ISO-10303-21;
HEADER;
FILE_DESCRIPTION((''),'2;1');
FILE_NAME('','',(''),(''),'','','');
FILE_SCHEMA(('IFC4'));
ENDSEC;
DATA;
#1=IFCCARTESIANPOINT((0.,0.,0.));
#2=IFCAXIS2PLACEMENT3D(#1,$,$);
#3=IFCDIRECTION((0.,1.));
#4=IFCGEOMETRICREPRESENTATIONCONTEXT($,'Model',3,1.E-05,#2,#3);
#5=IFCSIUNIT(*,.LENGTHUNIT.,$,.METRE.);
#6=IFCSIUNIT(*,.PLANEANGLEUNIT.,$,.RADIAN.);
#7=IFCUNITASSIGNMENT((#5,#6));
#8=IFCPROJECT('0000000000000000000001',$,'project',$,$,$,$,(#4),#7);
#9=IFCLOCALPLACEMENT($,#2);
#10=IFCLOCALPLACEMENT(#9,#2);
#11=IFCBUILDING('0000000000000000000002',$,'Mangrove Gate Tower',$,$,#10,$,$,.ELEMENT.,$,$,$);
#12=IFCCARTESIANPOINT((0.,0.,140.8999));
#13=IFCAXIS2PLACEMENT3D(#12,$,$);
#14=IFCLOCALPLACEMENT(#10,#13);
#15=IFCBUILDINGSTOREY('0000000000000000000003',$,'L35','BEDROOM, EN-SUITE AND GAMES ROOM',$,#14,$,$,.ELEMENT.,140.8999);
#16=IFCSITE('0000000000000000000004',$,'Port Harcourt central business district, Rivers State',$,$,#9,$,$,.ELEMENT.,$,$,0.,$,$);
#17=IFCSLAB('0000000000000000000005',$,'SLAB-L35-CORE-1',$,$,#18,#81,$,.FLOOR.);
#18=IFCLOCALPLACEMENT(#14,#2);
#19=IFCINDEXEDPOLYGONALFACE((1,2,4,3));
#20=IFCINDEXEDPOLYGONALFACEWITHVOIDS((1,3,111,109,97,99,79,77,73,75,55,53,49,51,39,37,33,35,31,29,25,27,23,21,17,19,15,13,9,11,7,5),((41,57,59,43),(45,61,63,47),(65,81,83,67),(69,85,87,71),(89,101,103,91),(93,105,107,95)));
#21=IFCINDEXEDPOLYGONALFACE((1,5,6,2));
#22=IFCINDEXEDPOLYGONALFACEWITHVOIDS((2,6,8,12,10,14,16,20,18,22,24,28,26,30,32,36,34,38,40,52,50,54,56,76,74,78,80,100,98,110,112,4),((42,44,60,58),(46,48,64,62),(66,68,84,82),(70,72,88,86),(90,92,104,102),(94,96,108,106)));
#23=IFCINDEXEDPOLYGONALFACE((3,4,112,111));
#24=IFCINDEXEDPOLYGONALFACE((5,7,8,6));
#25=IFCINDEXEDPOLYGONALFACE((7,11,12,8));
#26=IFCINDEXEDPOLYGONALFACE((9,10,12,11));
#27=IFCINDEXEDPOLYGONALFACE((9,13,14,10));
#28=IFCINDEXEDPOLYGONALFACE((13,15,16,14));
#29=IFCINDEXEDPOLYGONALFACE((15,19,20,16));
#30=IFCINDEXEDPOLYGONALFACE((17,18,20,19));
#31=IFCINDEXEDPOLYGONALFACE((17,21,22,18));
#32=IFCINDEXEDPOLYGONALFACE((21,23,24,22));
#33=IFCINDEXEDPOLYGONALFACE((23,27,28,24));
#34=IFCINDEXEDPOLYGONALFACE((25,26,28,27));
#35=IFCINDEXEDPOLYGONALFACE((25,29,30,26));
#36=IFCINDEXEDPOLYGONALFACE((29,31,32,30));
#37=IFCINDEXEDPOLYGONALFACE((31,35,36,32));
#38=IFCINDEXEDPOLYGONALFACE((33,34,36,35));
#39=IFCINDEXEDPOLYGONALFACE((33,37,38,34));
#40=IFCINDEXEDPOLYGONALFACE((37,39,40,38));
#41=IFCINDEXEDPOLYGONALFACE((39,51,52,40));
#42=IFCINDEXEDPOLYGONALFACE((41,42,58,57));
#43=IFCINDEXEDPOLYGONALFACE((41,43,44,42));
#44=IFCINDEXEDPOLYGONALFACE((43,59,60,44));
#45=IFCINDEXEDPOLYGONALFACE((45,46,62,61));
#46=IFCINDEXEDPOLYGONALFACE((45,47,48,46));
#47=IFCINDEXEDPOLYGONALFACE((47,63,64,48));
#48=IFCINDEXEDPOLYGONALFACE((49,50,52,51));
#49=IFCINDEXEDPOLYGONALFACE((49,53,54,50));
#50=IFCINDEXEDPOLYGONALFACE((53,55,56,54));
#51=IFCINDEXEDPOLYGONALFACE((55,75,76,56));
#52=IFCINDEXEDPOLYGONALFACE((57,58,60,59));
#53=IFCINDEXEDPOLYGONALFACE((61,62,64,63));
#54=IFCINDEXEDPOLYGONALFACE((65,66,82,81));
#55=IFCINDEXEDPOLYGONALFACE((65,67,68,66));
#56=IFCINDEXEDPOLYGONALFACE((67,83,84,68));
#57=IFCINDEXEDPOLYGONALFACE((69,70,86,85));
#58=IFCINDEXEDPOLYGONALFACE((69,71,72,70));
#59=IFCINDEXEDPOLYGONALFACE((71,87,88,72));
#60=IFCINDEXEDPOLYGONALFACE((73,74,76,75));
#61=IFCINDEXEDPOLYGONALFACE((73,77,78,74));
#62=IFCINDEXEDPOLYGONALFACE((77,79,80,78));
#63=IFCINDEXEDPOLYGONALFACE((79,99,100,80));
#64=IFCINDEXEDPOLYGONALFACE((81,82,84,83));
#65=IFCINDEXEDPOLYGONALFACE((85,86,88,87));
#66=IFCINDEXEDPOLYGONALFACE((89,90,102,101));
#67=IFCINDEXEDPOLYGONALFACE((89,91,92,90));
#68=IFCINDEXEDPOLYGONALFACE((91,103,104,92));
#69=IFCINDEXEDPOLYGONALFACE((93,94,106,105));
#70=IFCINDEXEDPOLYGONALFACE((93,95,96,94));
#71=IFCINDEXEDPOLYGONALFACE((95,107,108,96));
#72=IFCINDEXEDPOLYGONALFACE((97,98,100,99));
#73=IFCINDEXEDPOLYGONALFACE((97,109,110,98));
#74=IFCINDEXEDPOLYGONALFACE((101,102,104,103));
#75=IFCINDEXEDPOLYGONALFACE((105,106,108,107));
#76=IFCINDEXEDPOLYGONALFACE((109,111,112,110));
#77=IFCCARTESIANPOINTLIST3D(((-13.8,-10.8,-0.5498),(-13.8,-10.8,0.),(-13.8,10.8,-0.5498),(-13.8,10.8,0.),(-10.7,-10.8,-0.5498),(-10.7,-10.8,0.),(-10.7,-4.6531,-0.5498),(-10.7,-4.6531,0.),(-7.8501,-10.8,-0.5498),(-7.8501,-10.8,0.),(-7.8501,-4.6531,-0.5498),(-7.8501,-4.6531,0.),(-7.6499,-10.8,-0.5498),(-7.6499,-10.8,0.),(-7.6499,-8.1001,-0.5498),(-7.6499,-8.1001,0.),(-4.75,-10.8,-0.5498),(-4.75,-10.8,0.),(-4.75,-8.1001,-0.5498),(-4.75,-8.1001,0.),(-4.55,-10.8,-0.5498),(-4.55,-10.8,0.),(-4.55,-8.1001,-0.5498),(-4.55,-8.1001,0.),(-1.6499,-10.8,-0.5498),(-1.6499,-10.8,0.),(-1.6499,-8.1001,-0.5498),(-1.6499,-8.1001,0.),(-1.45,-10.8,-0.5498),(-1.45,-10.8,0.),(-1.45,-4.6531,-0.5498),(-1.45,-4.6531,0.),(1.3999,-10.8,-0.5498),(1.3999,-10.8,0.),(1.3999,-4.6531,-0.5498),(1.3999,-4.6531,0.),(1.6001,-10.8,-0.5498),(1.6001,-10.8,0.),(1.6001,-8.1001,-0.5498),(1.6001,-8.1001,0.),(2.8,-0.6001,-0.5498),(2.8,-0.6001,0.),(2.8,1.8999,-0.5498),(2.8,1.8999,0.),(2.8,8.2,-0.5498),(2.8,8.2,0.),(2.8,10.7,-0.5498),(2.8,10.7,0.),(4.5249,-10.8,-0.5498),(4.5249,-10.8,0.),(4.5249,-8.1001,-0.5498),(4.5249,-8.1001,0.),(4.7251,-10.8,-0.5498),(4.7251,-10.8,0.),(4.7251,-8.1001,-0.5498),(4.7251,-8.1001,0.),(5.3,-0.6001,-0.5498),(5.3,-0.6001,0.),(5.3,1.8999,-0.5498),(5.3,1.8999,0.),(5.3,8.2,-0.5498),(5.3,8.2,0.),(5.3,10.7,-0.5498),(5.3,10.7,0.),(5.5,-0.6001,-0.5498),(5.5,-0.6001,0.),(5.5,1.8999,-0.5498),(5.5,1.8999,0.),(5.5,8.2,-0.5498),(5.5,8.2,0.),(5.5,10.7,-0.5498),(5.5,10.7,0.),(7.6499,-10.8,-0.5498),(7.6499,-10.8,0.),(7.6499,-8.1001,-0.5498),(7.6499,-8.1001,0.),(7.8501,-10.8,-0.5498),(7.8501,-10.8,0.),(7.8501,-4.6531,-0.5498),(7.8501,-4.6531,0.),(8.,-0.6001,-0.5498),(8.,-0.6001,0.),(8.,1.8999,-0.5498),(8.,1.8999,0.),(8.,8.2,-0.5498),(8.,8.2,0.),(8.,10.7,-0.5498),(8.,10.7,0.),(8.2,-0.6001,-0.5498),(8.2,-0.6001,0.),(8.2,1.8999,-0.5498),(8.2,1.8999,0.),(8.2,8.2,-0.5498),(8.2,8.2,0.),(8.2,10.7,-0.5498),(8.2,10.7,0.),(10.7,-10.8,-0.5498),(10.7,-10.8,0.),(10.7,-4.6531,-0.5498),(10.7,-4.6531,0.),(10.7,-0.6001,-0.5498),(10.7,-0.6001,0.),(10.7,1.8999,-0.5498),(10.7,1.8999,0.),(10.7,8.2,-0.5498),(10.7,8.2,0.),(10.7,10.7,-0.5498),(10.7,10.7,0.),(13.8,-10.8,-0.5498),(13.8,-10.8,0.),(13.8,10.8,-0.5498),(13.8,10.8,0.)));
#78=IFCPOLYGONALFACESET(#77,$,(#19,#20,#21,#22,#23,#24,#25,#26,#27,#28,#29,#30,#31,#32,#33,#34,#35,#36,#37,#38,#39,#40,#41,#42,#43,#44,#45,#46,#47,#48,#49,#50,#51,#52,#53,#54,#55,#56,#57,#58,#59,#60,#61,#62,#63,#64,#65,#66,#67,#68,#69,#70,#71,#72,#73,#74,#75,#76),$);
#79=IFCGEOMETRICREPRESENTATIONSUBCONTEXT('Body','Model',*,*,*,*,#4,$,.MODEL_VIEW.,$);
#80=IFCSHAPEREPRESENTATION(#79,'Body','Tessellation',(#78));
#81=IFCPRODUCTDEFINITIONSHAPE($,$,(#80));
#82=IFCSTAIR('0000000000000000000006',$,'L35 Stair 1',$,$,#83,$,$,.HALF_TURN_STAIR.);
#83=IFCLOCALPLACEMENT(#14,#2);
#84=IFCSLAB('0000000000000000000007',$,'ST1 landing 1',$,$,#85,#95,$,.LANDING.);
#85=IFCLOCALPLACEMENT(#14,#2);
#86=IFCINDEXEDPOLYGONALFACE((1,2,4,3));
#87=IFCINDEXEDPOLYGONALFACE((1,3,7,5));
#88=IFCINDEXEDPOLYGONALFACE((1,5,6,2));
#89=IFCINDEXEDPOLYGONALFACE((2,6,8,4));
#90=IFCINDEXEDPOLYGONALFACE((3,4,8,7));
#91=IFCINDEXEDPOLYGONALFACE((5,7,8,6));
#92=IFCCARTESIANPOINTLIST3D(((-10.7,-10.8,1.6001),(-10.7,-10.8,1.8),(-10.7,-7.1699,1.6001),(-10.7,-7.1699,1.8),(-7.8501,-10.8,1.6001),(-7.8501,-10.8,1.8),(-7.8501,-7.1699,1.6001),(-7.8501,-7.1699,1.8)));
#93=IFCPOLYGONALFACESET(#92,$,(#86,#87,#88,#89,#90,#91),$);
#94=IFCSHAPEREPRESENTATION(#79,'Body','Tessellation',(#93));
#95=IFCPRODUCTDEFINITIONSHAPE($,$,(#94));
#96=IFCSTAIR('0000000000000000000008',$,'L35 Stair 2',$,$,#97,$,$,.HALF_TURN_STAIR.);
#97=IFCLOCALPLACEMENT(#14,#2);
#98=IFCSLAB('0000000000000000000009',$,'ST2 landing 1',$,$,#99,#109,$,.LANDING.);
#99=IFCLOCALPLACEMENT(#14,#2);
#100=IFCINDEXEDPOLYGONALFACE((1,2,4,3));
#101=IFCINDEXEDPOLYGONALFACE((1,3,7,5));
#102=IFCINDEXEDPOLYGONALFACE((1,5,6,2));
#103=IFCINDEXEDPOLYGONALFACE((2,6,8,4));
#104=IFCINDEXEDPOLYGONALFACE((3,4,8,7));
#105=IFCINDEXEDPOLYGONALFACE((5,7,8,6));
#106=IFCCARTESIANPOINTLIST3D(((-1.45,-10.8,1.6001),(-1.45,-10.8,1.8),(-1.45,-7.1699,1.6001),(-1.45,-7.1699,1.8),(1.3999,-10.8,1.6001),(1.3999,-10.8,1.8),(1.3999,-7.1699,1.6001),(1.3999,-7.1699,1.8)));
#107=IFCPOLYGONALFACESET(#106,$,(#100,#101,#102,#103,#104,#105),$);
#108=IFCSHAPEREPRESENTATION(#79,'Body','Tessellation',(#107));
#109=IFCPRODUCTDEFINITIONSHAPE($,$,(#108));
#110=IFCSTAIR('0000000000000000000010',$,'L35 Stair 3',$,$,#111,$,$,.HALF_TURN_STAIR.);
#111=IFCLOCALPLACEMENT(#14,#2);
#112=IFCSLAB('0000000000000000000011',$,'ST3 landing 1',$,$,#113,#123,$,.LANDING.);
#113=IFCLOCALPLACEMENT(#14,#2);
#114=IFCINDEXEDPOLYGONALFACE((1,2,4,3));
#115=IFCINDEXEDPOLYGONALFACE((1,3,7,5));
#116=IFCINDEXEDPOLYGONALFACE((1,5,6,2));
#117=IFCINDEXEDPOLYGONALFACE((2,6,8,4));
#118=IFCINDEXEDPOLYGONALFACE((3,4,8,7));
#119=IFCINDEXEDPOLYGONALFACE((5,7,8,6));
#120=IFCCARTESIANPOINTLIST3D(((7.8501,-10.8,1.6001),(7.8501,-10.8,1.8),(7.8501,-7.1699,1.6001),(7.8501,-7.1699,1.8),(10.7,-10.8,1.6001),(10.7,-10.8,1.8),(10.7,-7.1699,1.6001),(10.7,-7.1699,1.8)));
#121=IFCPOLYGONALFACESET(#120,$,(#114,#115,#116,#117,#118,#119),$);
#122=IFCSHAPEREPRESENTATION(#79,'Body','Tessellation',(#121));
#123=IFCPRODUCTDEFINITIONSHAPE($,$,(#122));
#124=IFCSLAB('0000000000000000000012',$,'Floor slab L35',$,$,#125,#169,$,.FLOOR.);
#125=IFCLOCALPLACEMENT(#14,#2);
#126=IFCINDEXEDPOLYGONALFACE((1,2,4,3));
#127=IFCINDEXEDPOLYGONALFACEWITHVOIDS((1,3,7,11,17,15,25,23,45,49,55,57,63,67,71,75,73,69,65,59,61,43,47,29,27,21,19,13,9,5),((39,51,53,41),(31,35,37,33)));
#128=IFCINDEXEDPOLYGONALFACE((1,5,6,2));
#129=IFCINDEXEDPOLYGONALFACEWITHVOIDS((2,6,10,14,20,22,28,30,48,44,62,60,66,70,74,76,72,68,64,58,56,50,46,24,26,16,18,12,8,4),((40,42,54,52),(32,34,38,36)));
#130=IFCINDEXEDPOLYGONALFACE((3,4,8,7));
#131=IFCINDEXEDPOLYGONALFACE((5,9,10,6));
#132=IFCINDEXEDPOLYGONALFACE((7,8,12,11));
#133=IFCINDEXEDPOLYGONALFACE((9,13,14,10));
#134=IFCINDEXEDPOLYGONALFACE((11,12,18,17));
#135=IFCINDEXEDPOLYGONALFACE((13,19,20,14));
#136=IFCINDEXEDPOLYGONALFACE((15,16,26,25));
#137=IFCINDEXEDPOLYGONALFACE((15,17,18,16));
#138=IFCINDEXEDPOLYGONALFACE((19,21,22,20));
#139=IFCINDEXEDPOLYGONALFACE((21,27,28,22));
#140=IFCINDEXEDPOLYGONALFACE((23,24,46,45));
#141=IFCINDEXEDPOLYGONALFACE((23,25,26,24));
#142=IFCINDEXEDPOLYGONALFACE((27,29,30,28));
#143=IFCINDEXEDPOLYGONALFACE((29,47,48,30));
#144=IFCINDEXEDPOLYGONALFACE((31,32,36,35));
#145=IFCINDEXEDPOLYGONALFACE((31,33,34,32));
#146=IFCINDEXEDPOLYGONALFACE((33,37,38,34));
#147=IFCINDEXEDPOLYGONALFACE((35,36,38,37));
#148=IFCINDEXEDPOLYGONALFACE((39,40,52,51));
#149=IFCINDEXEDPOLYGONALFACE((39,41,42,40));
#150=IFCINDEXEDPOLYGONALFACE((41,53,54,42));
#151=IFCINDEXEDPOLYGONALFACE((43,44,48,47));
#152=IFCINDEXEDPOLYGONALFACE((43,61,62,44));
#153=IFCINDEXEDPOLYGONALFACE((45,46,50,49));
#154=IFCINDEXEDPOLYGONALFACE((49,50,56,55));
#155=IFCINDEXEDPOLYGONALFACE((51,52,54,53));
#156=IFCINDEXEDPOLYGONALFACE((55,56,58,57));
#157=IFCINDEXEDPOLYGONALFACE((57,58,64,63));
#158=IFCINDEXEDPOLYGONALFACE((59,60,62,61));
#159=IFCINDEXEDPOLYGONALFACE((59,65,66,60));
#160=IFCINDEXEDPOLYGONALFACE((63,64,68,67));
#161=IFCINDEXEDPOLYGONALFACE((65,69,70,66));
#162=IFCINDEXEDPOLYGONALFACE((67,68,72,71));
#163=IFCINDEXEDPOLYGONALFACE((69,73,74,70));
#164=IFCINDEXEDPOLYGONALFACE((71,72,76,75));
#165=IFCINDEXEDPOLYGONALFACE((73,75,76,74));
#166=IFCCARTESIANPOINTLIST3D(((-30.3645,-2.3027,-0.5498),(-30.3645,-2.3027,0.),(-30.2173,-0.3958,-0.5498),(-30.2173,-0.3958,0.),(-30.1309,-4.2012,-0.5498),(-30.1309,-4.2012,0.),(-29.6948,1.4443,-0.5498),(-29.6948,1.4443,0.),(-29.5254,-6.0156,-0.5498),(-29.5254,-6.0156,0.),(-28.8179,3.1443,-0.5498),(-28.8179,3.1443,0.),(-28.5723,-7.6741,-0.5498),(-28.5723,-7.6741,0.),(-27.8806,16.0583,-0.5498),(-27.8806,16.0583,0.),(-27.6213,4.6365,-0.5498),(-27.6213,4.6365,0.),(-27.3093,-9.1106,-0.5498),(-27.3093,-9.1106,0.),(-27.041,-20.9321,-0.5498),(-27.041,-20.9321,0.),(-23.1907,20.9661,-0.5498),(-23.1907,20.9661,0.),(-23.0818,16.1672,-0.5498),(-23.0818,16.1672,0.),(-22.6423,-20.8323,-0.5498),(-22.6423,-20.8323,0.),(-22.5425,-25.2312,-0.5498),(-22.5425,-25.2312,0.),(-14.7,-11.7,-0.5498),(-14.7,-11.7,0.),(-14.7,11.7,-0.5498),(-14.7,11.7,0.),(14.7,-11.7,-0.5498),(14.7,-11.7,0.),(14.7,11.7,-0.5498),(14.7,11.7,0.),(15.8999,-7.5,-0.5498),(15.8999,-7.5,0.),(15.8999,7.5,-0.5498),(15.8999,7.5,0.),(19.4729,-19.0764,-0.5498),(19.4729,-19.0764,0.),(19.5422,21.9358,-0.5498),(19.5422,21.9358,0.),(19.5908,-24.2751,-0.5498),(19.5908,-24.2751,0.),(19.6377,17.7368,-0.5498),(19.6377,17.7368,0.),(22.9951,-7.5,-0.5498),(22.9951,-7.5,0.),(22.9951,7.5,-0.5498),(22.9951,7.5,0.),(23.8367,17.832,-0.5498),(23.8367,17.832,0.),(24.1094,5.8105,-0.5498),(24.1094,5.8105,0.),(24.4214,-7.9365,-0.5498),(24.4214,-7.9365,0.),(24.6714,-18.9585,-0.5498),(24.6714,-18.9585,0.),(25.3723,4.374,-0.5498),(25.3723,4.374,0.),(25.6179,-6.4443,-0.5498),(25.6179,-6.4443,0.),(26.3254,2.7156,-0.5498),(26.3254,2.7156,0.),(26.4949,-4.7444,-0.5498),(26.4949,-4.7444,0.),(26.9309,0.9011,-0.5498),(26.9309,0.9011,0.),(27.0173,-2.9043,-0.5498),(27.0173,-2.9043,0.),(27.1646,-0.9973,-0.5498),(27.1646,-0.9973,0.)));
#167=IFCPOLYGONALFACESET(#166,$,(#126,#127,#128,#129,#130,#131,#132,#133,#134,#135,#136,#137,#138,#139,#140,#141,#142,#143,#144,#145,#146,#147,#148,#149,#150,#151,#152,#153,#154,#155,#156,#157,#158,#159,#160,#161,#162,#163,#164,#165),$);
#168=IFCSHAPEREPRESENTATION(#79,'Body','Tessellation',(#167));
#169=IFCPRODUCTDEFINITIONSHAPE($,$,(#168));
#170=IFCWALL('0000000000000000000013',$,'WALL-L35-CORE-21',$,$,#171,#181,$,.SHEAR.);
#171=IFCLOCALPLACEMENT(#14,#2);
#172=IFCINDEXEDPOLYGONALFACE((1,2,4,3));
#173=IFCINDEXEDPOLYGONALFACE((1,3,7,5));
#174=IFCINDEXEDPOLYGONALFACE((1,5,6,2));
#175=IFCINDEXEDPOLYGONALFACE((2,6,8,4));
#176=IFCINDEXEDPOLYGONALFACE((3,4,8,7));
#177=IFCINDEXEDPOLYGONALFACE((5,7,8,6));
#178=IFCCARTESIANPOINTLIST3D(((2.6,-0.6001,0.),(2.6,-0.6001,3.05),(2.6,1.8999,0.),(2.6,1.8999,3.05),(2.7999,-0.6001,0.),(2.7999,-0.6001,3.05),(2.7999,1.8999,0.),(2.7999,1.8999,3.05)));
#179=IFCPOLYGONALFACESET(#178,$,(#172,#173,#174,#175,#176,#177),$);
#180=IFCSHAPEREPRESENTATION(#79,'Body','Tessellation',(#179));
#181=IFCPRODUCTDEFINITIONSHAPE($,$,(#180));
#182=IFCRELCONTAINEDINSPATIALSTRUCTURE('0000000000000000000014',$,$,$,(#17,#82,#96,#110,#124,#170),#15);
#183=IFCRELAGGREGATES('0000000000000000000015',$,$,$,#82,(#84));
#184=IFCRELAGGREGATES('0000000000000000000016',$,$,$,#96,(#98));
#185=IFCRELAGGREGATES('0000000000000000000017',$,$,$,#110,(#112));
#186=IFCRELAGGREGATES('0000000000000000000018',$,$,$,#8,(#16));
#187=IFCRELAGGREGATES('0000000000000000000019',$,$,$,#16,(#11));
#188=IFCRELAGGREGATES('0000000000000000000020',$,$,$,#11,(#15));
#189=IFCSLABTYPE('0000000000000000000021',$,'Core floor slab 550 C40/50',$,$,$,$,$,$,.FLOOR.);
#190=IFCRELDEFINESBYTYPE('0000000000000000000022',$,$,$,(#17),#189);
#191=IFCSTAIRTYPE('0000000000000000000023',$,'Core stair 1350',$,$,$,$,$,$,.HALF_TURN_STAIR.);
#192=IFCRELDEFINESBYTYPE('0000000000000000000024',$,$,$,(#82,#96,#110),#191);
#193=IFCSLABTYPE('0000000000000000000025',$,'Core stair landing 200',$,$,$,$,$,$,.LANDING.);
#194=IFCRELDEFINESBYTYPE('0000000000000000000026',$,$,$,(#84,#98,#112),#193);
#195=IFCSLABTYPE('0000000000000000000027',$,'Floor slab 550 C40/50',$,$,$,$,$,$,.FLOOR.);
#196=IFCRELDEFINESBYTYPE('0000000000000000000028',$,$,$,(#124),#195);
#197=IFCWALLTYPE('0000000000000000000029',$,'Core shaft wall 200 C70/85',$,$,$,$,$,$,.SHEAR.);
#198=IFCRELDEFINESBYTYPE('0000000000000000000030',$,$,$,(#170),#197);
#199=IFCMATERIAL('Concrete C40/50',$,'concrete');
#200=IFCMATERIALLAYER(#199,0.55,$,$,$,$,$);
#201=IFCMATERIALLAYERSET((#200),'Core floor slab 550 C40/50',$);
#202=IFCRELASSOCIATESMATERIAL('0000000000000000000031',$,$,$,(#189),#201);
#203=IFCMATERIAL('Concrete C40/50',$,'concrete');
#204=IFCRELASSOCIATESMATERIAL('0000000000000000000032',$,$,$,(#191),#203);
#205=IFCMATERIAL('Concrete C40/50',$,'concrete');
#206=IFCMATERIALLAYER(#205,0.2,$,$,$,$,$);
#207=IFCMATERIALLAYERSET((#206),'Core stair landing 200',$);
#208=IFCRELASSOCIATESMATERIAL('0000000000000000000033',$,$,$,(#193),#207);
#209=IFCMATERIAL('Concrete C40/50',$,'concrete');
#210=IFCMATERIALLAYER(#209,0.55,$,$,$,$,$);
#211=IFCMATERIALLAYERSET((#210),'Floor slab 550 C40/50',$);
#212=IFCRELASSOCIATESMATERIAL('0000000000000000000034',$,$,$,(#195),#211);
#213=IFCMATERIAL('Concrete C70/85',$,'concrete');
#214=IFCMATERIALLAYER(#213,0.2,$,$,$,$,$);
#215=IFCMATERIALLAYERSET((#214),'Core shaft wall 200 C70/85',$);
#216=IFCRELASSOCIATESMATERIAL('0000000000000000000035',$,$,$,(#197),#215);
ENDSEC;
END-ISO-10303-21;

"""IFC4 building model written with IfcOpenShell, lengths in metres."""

from ifc_helpers import new_model, si_unit, direction, frame, frame_2d, origin, place, context, subcontext, project, spatial, polyline, rectangle, outline, extrude, material, layer, layer_set, type_object, element, aggregate, save


model = new_model("IFC4")

# Units and contexts
model_context = context("Model", 3, precision=1e-05, world=origin(), true_north=direction((0.0, 1.0)))
body_context = subcontext(model_context, "Body", "Model", "MODEL_VIEW")
ifc_project = project(units=[si_unit("LENGTHUNIT", "METRE"), si_unit("PLANEANGLEUNIT", "RADIAN")], contexts=[model_context])

# Site, building, storey
site_placement = place(None, origin())
site = spatial("IfcSite", under=ifc_project, at=site_placement, Name="Port Harcourt central business district, Rivers State", CompositionType="ELEMENT", RefElevation=0.0)
building_placement = place(site_placement, origin())
building = spatial("IfcBuilding", under=site, at=building_placement, Name="Mangrove Gate Tower", CompositionType="ELEMENT")
storey_placement = place(building_placement, frame((0.0, 0.0, 140.8999)))
storey = spatial("IfcBuildingStorey", under=building, at=storey_placement, Name="L35", Description="BEDROOM, EN-SUITE AND GAMES ROOM", CompositionType="ELEMENT", Elevation=140.8999)

# Slab
ifc_material_1 = material(Name="Concrete C40/50", Category="concrete")
ifc_layer_1 = layer(ifc_material_1, 0.55)
ifc_layer_set_1 = layer_set([ifc_layer_1], Name="Core floor slab 550 C40/50")
slab_type_1 = type_object("IfcSlabType", Name="Core floor slab 550 C40/50", PredefinedType="FLOOR", material=ifc_layer_set_1)
slab_1_placement = place(storey_placement, frame((0.0, 0.0, -0.5498)))
element("IfcSlab", 1, at=slab_1_placement, inside=storey, type_object=slab_type_1, Name="SLAB-L35-CORE-1", PredefinedType="FLOOR", context=body_context, shape_type="SweptSolid", body=[
    extrude(outline(polyline([(-13.8, -10.8), (-13.8, 10.8), (13.8, 10.8), (13.8, -10.8), (10.7, -10.8), (10.7, -4.6531), (7.8501, -4.6531), (7.8501, -10.8), (7.6499, -10.8), (7.6499, -8.1001), (4.7251, -8.1001), (4.7251, -10.8), (4.5249, -10.8), (4.5249, -8.1001), (1.6001, -8.1001), (1.6001, -10.8), (1.3999, -10.8), (1.3999, -4.6531), (-1.45, -4.6531), (-1.45, -10.8), (-1.6499, -10.8), (-1.6499, -8.1001), (-4.55, -8.1001), (-4.55, -10.8), (-4.75, -10.8), (-4.75, -8.1001), (-7.6499, -8.1001), (-7.6499, -10.8), (-7.8501, -10.8), (-7.8501, -4.6531), (-10.7, -4.6531), (-10.7, -10.8), (-13.8, -10.8)]), holes=[polyline([(5.3, -0.6001), (5.3, 1.8999), (2.8, 1.8999), (2.8, -0.6001), (5.3, -0.6001)]), polyline([(5.3, 10.7), (2.8, 10.7), (2.8, 8.2), (5.3, 8.2), (5.3, 10.7)]), polyline([(8.0, -0.6001), (8.0, 1.8999), (5.5, 1.8999), (5.5, -0.6001), (8.0, -0.6001)]), polyline([(10.7, -0.6001), (10.7, 1.8999), (8.2, 1.8999), (8.2, -0.6001), (10.7, -0.6001)]), polyline([(8.0, 8.2), (8.0, 10.7), (5.5, 10.7), (5.5, 8.2), (8.0, 8.2)]), polyline([(10.7, 8.2), (10.7, 10.7), (8.2, 10.7), (8.2, 8.2), (10.7, 8.2)])]), origin(), (0.0, 0.0, 1.0), 0.5498),
])

# Stairs, slabs
ifc_material_2 = material(Name="Concrete C40/50", Category="concrete")
stair_type = type_object("IfcStairType", Name="Core stair 1350", PredefinedType="HALF_TURN_STAIR", material=ifc_material_2)
stair_1_placement = place(storey_placement, origin())
stair_1 = element("IfcStair", 2, at=stair_1_placement, inside=storey, type_object=stair_type, Name="L35 Stair 1", PredefinedType="HALF_TURN_STAIR")
ifc_material_3 = material(Name="Concrete C40/50", Category="concrete")
ifc_layer_2 = layer(ifc_material_3, 0.2)
ifc_layer_set_2 = layer_set([ifc_layer_2], Name="Core stair landing 200")
slab_type_2 = type_object("IfcSlabType", Name="Core stair landing 200", PredefinedType="LANDING", material=ifc_layer_set_2)
slab_2_placement = place(storey_placement, frame((0.0, 0.0, 1.6001)))
slab_2 = element("IfcSlab", 3, at=slab_2_placement, type_object=slab_type_2, Name="ST1 landing 1", PredefinedType="LANDING", context=body_context, shape_type="SweptSolid", body=[
    extrude(outline(polyline([(-10.7, -7.1699), (-10.7, -10.8), (-7.8501, -10.8), (-7.8501, -7.1699), (-10.7, -7.1699)])), origin(), (0.0, 0.0, 1.0), 0.2),
])
aggregate(stair_1, [slab_2])
stair_2_placement = place(storey_placement, origin())
stair_2 = element("IfcStair", 4, at=stair_2_placement, inside=storey, type_object=stair_type, Name="L35 Stair 2", PredefinedType="HALF_TURN_STAIR")
slab_3_placement = place(storey_placement, frame((0.0, 0.0, 1.6001)))
slab_3 = element("IfcSlab", 5, at=slab_3_placement, type_object=slab_type_2, Name="ST2 landing 1", PredefinedType="LANDING", context=body_context, shape_type="SweptSolid", body=[
    extrude(outline(polyline([(-1.45, -7.1699), (-1.45, -10.8), (1.3999, -10.8), (1.3999, -7.1699), (-1.45, -7.1699)])), origin(), (0.0, 0.0, 1.0), 0.2),
])
aggregate(stair_2, [slab_3])
stair_3_placement = place(storey_placement, origin())
stair_3 = element("IfcStair", 6, at=stair_3_placement, inside=storey, type_object=stair_type, Name="L35 Stair 3", PredefinedType="HALF_TURN_STAIR")
slab_4_placement = place(storey_placement, frame((0.0, 0.0, 1.6001)))
slab_4 = element("IfcSlab", 7, at=slab_4_placement, type_object=slab_type_2, Name="ST3 landing 1", PredefinedType="LANDING", context=body_context, shape_type="SweptSolid", body=[
    extrude(outline(polyline([(7.8501, -7.1699), (7.8501, -10.8), (10.7, -10.8), (10.7, -7.1699), (7.8501, -7.1699)])), origin(), (0.0, 0.0, 1.0), 0.2),
])
aggregate(stair_3, [slab_4])

# Slab
ifc_material_4 = material(Name="Concrete C40/50", Category="concrete")
ifc_layer_3 = layer(ifc_material_4, 0.55)
ifc_layer_set_3 = layer_set([ifc_layer_3], Name="Floor slab 550 C40/50")
slab_type_3 = type_object("IfcSlabType", Name="Floor slab 550 C40/50", PredefinedType="FLOOR", material=ifc_layer_set_3)
slab_5_placement = place(storey_placement, frame((0.0, 0.0, -0.5498)))
element("IfcSlab", 8, at=slab_5_placement, inside=storey, type_object=slab_type_3, Name="Floor slab L35", PredefinedType="FLOOR", context=body_context, shape_type="SweptSolid", body=[
    extrude(outline(polyline([(-22.5425, -25.2312), (19.5908, -24.2751), (19.4729, -19.0764), (24.6714, -18.9585), (24.4214, -7.9365), (25.6179, -6.4443), (26.4949, -4.7444), (27.0173, -2.9043), (27.1646, -0.9973), (26.9309, 0.9011), (26.3254, 2.7156), (25.3723, 4.374), (24.1094, 5.8105), (23.8367, 17.832), (19.6377, 17.7368), (19.5422, 21.9358), (-23.1907, 20.9661), (-23.0818, 16.1672), (-27.8806, 16.0583), (-27.6213, 4.6365), (-28.8179, 3.1443), (-29.6948, 1.4443), (-30.2173, -0.3958), (-30.3645, -2.3027), (-30.1309, -4.2012), (-29.5254, -6.0156), (-28.5723, -7.6741), (-27.3093, -9.1106), (-27.041, -20.9321), (-22.6423, -20.8323), (-22.5425, -25.2312)]), holes=[polyline([(15.8999, 7.5), (22.9951, 7.5), (22.9951, -7.5), (15.8999, -7.5), (15.8999, 7.5)]), polyline([(-14.7, -11.7), (-14.7, 11.7), (14.7, 11.7), (14.7, -11.7), (-14.7, -11.7)])]), origin(), (0.0, 0.0, 1.0), 0.5498),
])

# Wall
ifc_material_5 = material(Name="Concrete C70/85", Category="concrete")
ifc_layer_4 = layer(ifc_material_5, 0.2)
ifc_layer_set_4 = layer_set([ifc_layer_4], Name="Core shaft wall 200 C70/85")
wall_type_1 = type_object("IfcWallType", Name="Core shaft wall 200 C70/85", PredefinedType="SHEAR", material=ifc_layer_set_4)
for number, where, z_axis, x_axis, name in (
    (9, (2.7, -0.6001, 0.0), (0.0, 0.0, 1.0), (0.0, 1.0, 0.0), "WALL-L35-CORE-21"),
):
    element("IfcWall", number, at=place(storey_placement, frame(where, z_axis=z_axis, x_axis=x_axis)), inside=storey, type_object=wall_type_1, Name=name, PredefinedType="SHEAR", context=body_context, shape_type="SweptSolid", body=[
        extrude(rectangle(XDim=2.5, YDim=0.2, at=frame_2d((1.25, 0.0))), origin(), (0.0, 0.0, 1.0), 3.05),
    ])

save(model, "model.ifc")
